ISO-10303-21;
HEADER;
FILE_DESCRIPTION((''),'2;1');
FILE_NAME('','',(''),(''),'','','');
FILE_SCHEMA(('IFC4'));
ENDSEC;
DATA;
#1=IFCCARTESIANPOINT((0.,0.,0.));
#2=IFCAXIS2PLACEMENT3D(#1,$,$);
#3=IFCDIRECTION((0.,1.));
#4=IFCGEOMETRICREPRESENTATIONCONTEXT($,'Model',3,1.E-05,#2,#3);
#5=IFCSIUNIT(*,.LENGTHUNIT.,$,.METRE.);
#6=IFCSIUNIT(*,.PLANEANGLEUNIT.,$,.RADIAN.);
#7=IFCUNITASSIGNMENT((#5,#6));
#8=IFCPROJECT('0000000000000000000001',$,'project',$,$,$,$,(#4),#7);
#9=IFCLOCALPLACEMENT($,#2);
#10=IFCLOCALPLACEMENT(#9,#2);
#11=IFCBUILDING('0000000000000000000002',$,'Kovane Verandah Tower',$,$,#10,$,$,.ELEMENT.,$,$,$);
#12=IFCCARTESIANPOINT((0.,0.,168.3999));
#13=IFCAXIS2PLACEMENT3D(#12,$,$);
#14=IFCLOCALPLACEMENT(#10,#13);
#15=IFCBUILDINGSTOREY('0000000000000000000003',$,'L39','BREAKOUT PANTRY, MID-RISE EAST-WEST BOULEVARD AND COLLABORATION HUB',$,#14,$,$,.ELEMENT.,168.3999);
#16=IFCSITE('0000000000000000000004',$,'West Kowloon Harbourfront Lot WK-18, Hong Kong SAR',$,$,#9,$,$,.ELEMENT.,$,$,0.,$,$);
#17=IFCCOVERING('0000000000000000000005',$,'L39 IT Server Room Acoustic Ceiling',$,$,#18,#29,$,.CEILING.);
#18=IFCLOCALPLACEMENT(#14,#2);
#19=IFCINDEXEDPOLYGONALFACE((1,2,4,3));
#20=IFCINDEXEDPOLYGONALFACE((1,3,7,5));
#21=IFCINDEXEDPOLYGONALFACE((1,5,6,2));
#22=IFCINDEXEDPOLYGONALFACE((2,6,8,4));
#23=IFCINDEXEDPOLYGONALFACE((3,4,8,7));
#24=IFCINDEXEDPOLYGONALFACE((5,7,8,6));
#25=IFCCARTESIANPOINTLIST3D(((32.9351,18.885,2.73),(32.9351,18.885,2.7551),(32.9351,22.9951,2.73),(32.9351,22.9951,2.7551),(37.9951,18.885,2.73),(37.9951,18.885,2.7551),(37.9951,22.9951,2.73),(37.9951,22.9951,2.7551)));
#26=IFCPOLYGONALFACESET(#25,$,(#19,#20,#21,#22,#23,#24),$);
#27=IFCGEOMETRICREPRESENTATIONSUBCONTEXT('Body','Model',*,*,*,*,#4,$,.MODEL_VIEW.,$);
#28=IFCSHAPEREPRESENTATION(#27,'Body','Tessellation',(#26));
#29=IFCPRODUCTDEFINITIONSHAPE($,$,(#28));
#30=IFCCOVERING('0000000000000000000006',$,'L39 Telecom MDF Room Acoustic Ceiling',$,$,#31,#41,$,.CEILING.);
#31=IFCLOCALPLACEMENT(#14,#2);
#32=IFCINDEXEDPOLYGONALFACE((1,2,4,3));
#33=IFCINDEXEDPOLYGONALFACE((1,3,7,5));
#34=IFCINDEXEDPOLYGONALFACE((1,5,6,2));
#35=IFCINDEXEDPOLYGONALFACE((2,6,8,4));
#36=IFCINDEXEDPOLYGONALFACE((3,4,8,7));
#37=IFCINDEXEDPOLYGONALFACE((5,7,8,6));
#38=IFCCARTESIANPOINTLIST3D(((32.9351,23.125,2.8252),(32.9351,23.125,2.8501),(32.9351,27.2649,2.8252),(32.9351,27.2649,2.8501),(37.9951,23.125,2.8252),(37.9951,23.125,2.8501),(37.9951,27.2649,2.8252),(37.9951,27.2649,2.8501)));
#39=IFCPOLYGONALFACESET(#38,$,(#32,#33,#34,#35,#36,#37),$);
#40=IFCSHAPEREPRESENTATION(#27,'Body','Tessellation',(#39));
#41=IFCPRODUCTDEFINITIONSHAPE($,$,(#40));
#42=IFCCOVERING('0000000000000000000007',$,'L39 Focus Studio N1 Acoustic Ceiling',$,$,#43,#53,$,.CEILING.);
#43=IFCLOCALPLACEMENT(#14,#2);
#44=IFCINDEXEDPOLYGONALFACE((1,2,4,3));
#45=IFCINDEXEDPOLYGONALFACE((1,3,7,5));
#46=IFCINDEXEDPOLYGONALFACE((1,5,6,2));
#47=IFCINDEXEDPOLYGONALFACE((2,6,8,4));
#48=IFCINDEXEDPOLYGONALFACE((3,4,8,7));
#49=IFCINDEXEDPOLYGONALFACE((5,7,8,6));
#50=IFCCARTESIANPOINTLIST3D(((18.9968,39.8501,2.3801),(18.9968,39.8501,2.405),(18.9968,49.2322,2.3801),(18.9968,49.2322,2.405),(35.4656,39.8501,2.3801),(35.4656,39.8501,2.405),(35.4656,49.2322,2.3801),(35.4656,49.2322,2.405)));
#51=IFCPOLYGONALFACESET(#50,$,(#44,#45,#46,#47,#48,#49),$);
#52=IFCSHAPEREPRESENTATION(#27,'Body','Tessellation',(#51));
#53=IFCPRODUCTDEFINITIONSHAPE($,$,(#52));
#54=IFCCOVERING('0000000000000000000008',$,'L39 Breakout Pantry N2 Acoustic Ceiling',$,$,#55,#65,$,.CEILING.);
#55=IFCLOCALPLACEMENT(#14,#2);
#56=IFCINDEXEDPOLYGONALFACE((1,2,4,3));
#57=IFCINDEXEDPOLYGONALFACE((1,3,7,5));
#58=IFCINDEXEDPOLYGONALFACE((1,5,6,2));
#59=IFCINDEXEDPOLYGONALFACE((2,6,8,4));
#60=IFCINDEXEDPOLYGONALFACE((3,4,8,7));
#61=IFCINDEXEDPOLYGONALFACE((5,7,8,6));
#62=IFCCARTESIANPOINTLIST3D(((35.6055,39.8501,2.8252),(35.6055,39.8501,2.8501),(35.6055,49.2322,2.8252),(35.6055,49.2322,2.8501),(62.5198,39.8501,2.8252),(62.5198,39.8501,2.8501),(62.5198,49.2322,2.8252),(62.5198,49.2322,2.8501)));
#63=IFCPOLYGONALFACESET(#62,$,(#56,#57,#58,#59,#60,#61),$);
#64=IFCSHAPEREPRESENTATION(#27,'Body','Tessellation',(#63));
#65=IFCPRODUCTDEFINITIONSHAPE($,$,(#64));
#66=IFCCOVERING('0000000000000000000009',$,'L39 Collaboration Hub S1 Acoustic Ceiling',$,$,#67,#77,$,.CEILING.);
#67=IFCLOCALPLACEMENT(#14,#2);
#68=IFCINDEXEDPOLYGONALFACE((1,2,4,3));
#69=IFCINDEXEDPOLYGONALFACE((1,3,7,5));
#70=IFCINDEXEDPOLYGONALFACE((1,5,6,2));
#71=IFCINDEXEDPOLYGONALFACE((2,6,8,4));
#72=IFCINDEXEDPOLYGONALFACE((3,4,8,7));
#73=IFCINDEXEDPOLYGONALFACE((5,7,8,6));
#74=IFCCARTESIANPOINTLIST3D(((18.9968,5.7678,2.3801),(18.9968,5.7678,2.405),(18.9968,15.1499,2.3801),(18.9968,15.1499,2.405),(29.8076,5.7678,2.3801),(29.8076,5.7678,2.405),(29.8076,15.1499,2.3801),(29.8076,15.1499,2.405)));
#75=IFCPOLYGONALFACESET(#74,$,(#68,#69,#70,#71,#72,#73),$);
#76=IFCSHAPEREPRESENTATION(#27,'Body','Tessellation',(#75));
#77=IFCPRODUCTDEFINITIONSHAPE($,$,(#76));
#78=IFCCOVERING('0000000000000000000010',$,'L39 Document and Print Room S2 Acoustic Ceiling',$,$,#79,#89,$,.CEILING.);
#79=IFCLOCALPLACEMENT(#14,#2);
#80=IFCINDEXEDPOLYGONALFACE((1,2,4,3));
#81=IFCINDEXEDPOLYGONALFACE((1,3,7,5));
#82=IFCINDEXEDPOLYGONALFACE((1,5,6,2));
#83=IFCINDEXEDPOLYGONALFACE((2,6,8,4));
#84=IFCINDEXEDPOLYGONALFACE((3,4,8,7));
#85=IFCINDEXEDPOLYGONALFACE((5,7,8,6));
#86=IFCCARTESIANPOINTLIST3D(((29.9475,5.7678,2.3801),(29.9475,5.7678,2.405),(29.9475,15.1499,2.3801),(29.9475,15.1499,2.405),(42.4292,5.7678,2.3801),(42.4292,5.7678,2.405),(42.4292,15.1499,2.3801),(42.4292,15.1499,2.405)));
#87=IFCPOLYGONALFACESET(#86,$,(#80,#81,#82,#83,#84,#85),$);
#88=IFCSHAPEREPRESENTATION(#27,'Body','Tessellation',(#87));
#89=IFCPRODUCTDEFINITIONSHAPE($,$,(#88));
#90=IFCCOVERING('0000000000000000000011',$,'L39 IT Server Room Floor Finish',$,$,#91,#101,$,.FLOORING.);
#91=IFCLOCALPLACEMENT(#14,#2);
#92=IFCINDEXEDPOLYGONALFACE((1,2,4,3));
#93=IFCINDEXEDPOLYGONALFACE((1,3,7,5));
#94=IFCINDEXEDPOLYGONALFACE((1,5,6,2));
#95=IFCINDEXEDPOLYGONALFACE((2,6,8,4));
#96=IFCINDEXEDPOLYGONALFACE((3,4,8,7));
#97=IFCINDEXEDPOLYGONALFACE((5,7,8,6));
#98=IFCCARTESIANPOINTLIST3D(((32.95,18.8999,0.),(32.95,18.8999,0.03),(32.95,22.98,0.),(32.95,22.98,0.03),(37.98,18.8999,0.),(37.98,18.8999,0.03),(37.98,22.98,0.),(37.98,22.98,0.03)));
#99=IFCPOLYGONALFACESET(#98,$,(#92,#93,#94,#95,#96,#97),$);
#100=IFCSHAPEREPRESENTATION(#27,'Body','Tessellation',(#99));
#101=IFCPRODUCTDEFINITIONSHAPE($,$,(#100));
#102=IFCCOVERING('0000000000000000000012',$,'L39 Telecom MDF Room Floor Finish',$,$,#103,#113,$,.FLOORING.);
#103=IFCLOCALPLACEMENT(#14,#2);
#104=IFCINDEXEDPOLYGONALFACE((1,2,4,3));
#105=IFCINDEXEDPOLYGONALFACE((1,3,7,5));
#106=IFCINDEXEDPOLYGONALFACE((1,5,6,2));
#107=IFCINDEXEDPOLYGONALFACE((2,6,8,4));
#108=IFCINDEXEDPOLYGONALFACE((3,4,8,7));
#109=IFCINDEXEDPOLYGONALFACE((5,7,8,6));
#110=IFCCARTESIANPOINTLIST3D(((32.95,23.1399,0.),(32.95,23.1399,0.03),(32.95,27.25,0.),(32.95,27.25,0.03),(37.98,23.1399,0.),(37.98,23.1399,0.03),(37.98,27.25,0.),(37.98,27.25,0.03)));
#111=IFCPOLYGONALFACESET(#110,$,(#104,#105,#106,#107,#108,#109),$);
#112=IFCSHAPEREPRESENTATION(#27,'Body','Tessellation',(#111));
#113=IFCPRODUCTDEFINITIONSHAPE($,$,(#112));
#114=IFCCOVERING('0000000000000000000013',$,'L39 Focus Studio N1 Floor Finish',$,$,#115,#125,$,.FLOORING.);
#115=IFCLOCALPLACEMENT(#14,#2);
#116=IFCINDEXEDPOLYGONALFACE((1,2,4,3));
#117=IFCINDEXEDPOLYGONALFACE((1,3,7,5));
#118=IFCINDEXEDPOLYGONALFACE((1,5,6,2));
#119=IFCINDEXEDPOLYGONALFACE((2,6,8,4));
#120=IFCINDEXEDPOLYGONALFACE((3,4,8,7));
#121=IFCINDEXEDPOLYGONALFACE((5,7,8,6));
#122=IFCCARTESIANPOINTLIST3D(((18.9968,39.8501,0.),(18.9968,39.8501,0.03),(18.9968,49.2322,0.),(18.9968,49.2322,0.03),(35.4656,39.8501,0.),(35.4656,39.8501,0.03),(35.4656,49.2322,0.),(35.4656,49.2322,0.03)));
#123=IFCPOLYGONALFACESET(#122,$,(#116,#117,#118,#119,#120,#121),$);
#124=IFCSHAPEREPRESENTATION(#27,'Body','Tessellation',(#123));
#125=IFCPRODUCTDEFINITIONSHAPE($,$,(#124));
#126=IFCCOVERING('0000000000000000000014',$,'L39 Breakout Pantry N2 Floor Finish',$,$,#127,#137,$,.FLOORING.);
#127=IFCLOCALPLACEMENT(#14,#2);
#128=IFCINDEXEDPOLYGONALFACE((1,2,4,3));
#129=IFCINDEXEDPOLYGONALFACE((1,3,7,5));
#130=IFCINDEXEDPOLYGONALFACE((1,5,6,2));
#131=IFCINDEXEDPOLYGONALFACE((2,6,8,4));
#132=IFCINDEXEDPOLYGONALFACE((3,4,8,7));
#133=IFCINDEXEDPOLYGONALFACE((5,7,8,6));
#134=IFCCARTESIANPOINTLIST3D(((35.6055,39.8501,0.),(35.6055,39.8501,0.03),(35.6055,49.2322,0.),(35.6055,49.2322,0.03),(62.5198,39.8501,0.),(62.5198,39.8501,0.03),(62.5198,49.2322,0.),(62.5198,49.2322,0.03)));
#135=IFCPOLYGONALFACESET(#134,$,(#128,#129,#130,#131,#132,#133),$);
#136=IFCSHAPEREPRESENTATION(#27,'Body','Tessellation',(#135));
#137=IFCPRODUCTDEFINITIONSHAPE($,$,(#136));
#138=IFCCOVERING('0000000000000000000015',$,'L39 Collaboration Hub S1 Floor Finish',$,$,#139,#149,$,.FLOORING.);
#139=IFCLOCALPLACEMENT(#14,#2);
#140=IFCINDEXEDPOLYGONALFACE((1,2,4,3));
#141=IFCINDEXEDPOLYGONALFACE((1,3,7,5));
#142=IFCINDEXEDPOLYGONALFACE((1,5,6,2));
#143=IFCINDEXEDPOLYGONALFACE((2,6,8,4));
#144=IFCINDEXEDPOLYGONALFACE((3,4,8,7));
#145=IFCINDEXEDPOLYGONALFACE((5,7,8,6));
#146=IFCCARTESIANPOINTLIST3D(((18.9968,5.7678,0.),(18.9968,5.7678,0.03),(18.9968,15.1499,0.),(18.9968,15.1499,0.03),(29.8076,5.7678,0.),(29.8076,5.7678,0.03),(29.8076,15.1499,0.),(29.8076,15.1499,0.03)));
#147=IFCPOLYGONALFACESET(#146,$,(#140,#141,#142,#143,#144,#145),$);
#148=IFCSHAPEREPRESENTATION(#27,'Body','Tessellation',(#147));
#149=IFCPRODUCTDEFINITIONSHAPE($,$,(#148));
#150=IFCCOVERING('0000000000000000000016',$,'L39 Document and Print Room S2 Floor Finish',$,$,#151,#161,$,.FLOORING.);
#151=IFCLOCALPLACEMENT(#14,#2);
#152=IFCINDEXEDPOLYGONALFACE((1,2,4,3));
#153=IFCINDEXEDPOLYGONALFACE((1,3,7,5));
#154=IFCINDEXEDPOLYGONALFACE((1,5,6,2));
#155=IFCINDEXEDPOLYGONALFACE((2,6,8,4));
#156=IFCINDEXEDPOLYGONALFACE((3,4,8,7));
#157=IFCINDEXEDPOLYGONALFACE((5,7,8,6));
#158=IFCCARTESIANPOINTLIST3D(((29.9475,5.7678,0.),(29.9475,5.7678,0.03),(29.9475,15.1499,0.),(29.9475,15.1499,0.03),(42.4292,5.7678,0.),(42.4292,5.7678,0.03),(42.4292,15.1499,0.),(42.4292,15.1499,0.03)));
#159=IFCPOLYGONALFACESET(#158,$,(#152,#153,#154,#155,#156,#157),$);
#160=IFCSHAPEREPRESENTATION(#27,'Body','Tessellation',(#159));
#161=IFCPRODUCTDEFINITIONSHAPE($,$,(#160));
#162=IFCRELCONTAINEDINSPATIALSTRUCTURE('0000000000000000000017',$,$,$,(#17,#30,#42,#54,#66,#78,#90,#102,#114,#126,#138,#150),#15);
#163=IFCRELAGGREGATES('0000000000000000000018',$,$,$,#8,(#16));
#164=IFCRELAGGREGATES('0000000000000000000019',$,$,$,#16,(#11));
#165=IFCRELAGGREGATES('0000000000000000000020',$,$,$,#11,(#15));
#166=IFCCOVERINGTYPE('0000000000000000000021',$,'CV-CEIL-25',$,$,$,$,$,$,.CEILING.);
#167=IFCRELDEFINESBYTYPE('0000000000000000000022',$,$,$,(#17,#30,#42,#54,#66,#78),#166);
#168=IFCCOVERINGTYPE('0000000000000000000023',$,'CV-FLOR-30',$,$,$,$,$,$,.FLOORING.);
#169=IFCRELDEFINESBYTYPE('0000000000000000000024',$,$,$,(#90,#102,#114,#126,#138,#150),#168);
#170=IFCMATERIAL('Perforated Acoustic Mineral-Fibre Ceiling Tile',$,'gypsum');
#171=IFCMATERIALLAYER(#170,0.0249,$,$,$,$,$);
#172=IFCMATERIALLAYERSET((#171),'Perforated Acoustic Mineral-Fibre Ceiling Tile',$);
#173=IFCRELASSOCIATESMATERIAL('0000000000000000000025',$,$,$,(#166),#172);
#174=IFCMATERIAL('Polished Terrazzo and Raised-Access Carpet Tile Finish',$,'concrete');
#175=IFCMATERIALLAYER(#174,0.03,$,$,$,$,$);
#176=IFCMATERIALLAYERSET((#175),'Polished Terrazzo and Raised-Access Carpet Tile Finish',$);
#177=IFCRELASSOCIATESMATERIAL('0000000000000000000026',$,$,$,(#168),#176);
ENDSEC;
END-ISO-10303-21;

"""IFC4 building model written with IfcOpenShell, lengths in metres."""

from ifc_helpers import new_model, si_unit, direction, frame, origin, place, context, subcontext, project, spatial, polyline, outline, extrude, material, layer, layer_set, type_object, element, save


model = new_model("IFC4")

# Units and contexts
model_context = context("Model", 3, precision=1e-05, world=origin(), true_north=direction((0.0, 1.0)))
body_context = subcontext(model_context, "Body", "Model", "MODEL_VIEW")
ifc_project = project(units=[si_unit("LENGTHUNIT", "METRE"), si_unit("PLANEANGLEUNIT", "RADIAN")], contexts=[model_context])

# Site, building, storey
site_placement = place(None, origin())
site = spatial("IfcSite", under=ifc_project, at=site_placement, Name="West Kowloon Harbourfront Lot WK-18, Hong Kong SAR", CompositionType="ELEMENT", RefElevation=0.0)
building_placement = place(site_placement, origin())
building = spatial("IfcBuilding", under=site, at=building_placement, Name="Kovane Verandah Tower", CompositionType="ELEMENT")
storey_placement = place(building_placement, frame((0.0, 0.0, 168.3999)))
storey = spatial("IfcBuildingStorey", under=building, at=storey_placement, Name="L39", Description="BREAKOUT PANTRY, MID-RISE EAST-WEST BOULEVARD AND COLLABORATION HUB", CompositionType="ELEMENT", Elevation=168.3999)

# Coverings
ifc_material_1 = material(Name="Perforated Acoustic Mineral-Fibre Ceiling Tile", Category="gypsum")
ifc_layer_1 = layer(ifc_material_1, 0.0249)
ifc_layer_set_1 = layer_set([ifc_layer_1], Name="Perforated Acoustic Mineral-Fibre Ceiling Tile")
covering_type_1 = type_object("IfcCoveringType", Name="CV-CEIL-25", PredefinedType="CEILING", material=ifc_layer_set_1)
covering_1_placement = place(storey_placement, frame((0.0, 0.0, 2.73)))
element("IfcCovering", 1, at=covering_1_placement, inside=storey, type_object=covering_type_1, Name="L39 IT Server Room Acoustic Ceiling", PredefinedType="CEILING", context=body_context, shape_type="SweptSolid", body=[
    extrude(outline(polyline([(32.9351, 18.885), (37.9951, 18.885), (37.9951, 22.9951), (32.9351, 22.9951), (32.9351, 18.885)])), origin(), (0.0, 0.0, 1.0), 0.0251),
])
covering_2_placement = place(storey_placement, frame((0.0, 0.0, 2.8252)))
element("IfcCovering", 2, at=covering_2_placement, inside=storey, type_object=covering_type_1, Name="L39 Telecom MDF Room Acoustic Ceiling", PredefinedType="CEILING", context=body_context, shape_type="SweptSolid", body=[
    extrude(outline(polyline([(32.9351, 23.125), (37.9951, 23.125), (37.9951, 27.2649), (32.9351, 27.2649), (32.9351, 23.125)])), origin(), (0.0, 0.0, 1.0), 0.0249),
])
covering_3_placement = place(storey_placement, frame((0.0, 0.0, 2.3801)))
element("IfcCovering", 3, at=covering_3_placement, inside=storey, type_object=covering_type_1, Name="L39 Focus Studio N1 Acoustic Ceiling", PredefinedType="CEILING", context=body_context, shape_type="SweptSolid", body=[
    extrude(outline(polyline([(18.9968, 39.8501), (35.4656, 39.8501), (35.4656, 49.2322), (18.9968, 49.2322), (18.9968, 39.8501)])), origin(), (0.0, 0.0, 1.0), 0.0249),
])
covering_4_placement = place(storey_placement, frame((0.0, 0.0, 2.8252)))
element("IfcCovering", 4, at=covering_4_placement, inside=storey, type_object=covering_type_1, Name="L39 Breakout Pantry N2 Acoustic Ceiling", PredefinedType="CEILING", context=body_context, shape_type="SweptSolid", body=[
    extrude(outline(polyline([(35.6055, 39.8501), (62.5198, 39.8501), (62.5198, 49.2322), (35.6055, 49.2322), (35.6055, 39.8501)])), origin(), (0.0, 0.0, 1.0), 0.0249),
])
covering_5_placement = place(storey_placement, frame((0.0, 0.0, 2.3801)))
element("IfcCovering", 5, at=covering_5_placement, inside=storey, type_object=covering_type_1, Name="L39 Collaboration Hub S1 Acoustic Ceiling", PredefinedType="CEILING", context=body_context, shape_type="SweptSolid", body=[
    extrude(outline(polyline([(18.9968, 5.7678), (29.8076, 5.7678), (29.8076, 15.1499), (18.9968, 15.1499), (18.9968, 5.7678)])), origin(), (0.0, 0.0, 1.0), 0.0249),
])
covering_6_placement = place(storey_placement, frame((0.0, 0.0, 2.3801)))
element("IfcCovering", 6, at=covering_6_placement, inside=storey, type_object=covering_type_1, Name="L39 Document and Print Room S2 Acoustic Ceiling", PredefinedType="CEILING", context=body_context, shape_type="SweptSolid", body=[
    extrude(outline(polyline([(29.9475, 5.7678), (42.4292, 5.7678), (42.4292, 15.1499), (29.9475, 15.1499), (29.9475, 5.7678)])), origin(), (0.0, 0.0, 1.0), 0.0249),
])
ifc_material_2 = material(Name="Polished Terrazzo and Raised-Access Carpet Tile Finish", Category="concrete")
ifc_layer_2 = layer(ifc_material_2, 0.03)
ifc_layer_set_2 = layer_set([ifc_layer_2], Name="Polished Terrazzo and Raised-Access Carpet Tile Finish")
covering_type_2 = type_object("IfcCoveringType", Name="CV-FLOR-30", PredefinedType="FLOORING", material=ifc_layer_set_2)
covering_7_placement = place(storey_placement, origin())
element("IfcCovering", 7, at=covering_7_placement, inside=storey, type_object=covering_type_2, Name="L39 IT Server Room Floor Finish", PredefinedType="FLOORING", context=body_context, shape_type="SweptSolid", body=[
    extrude(outline(polyline([(32.95, 18.8999), (37.98, 18.8999), (37.98, 22.98), (32.95, 22.98), (32.95, 18.8999)])), origin(), (0.0, 0.0, 1.0), 0.03),
])
covering_8_placement = place(storey_placement, origin())
element("IfcCovering", 8, at=covering_8_placement, inside=storey, type_object=covering_type_2, Name="L39 Telecom MDF Room Floor Finish", PredefinedType="FLOORING", context=body_context, shape_type="SweptSolid", body=[
    extrude(outline(polyline([(32.95, 23.1399), (37.98, 23.1399), (37.98, 27.25), (32.95, 27.25), (32.95, 23.1399)])), origin(), (0.0, 0.0, 1.0), 0.03),
])
covering_9_placement = place(storey_placement, origin())
element("IfcCovering", 9, at=covering_9_placement, inside=storey, type_object=covering_type_2, Name="L39 Focus Studio N1 Floor Finish", PredefinedType="FLOORING", context=body_context, shape_type="SweptSolid", body=[
    extrude(outline(polyline([(18.9968, 39.8501), (35.4656, 39.8501), (35.4656, 49.2322), (18.9968, 49.2322), (18.9968, 39.8501)])), origin(), (0.0, 0.0, 1.0), 0.03),
])
covering_10_placement = place(storey_placement, origin())
element("IfcCovering", 10, at=covering_10_placement, inside=storey, type_object=covering_type_2, Name="L39 Breakout Pantry N2 Floor Finish", PredefinedType="FLOORING", context=body_context, shape_type="SweptSolid", body=[
    extrude(outline(polyline([(35.6055, 39.8501), (62.5198, 39.8501), (62.5198, 49.2322), (35.6055, 49.2322), (35.6055, 39.8501)])), origin(), (0.0, 0.0, 1.0), 0.03),
])
covering_11_placement = place(storey_placement, origin())
element("IfcCovering", 11, at=covering_11_placement, inside=storey, type_object=covering_type_2, Name="L39 Collaboration Hub S1 Floor Finish", PredefinedType="FLOORING", context=body_context, shape_type="SweptSolid", body=[
    extrude(outline(polyline([(18.9968, 5.7678), (29.8076, 5.7678), (29.8076, 15.1499), (18.9968, 15.1499), (18.9968, 5.7678)])), origin(), (0.0, 0.0, 1.0), 0.03),
])
covering_12_placement = place(storey_placement, origin())
element("IfcCovering", 12, at=covering_12_placement, inside=storey, type_object=covering_type_2, Name="L39 Document and Print Room S2 Floor Finish", PredefinedType="FLOORING", context=body_context, shape_type="SweptSolid", body=[
    extrude(outline(polyline([(29.9475, 5.7678), (42.4292, 5.7678), (42.4292, 15.1499), (29.9475, 15.1499), (29.9475, 5.7678)])), origin(), (0.0, 0.0, 1.0), 0.03),
])

save(model, "model.ifc")
